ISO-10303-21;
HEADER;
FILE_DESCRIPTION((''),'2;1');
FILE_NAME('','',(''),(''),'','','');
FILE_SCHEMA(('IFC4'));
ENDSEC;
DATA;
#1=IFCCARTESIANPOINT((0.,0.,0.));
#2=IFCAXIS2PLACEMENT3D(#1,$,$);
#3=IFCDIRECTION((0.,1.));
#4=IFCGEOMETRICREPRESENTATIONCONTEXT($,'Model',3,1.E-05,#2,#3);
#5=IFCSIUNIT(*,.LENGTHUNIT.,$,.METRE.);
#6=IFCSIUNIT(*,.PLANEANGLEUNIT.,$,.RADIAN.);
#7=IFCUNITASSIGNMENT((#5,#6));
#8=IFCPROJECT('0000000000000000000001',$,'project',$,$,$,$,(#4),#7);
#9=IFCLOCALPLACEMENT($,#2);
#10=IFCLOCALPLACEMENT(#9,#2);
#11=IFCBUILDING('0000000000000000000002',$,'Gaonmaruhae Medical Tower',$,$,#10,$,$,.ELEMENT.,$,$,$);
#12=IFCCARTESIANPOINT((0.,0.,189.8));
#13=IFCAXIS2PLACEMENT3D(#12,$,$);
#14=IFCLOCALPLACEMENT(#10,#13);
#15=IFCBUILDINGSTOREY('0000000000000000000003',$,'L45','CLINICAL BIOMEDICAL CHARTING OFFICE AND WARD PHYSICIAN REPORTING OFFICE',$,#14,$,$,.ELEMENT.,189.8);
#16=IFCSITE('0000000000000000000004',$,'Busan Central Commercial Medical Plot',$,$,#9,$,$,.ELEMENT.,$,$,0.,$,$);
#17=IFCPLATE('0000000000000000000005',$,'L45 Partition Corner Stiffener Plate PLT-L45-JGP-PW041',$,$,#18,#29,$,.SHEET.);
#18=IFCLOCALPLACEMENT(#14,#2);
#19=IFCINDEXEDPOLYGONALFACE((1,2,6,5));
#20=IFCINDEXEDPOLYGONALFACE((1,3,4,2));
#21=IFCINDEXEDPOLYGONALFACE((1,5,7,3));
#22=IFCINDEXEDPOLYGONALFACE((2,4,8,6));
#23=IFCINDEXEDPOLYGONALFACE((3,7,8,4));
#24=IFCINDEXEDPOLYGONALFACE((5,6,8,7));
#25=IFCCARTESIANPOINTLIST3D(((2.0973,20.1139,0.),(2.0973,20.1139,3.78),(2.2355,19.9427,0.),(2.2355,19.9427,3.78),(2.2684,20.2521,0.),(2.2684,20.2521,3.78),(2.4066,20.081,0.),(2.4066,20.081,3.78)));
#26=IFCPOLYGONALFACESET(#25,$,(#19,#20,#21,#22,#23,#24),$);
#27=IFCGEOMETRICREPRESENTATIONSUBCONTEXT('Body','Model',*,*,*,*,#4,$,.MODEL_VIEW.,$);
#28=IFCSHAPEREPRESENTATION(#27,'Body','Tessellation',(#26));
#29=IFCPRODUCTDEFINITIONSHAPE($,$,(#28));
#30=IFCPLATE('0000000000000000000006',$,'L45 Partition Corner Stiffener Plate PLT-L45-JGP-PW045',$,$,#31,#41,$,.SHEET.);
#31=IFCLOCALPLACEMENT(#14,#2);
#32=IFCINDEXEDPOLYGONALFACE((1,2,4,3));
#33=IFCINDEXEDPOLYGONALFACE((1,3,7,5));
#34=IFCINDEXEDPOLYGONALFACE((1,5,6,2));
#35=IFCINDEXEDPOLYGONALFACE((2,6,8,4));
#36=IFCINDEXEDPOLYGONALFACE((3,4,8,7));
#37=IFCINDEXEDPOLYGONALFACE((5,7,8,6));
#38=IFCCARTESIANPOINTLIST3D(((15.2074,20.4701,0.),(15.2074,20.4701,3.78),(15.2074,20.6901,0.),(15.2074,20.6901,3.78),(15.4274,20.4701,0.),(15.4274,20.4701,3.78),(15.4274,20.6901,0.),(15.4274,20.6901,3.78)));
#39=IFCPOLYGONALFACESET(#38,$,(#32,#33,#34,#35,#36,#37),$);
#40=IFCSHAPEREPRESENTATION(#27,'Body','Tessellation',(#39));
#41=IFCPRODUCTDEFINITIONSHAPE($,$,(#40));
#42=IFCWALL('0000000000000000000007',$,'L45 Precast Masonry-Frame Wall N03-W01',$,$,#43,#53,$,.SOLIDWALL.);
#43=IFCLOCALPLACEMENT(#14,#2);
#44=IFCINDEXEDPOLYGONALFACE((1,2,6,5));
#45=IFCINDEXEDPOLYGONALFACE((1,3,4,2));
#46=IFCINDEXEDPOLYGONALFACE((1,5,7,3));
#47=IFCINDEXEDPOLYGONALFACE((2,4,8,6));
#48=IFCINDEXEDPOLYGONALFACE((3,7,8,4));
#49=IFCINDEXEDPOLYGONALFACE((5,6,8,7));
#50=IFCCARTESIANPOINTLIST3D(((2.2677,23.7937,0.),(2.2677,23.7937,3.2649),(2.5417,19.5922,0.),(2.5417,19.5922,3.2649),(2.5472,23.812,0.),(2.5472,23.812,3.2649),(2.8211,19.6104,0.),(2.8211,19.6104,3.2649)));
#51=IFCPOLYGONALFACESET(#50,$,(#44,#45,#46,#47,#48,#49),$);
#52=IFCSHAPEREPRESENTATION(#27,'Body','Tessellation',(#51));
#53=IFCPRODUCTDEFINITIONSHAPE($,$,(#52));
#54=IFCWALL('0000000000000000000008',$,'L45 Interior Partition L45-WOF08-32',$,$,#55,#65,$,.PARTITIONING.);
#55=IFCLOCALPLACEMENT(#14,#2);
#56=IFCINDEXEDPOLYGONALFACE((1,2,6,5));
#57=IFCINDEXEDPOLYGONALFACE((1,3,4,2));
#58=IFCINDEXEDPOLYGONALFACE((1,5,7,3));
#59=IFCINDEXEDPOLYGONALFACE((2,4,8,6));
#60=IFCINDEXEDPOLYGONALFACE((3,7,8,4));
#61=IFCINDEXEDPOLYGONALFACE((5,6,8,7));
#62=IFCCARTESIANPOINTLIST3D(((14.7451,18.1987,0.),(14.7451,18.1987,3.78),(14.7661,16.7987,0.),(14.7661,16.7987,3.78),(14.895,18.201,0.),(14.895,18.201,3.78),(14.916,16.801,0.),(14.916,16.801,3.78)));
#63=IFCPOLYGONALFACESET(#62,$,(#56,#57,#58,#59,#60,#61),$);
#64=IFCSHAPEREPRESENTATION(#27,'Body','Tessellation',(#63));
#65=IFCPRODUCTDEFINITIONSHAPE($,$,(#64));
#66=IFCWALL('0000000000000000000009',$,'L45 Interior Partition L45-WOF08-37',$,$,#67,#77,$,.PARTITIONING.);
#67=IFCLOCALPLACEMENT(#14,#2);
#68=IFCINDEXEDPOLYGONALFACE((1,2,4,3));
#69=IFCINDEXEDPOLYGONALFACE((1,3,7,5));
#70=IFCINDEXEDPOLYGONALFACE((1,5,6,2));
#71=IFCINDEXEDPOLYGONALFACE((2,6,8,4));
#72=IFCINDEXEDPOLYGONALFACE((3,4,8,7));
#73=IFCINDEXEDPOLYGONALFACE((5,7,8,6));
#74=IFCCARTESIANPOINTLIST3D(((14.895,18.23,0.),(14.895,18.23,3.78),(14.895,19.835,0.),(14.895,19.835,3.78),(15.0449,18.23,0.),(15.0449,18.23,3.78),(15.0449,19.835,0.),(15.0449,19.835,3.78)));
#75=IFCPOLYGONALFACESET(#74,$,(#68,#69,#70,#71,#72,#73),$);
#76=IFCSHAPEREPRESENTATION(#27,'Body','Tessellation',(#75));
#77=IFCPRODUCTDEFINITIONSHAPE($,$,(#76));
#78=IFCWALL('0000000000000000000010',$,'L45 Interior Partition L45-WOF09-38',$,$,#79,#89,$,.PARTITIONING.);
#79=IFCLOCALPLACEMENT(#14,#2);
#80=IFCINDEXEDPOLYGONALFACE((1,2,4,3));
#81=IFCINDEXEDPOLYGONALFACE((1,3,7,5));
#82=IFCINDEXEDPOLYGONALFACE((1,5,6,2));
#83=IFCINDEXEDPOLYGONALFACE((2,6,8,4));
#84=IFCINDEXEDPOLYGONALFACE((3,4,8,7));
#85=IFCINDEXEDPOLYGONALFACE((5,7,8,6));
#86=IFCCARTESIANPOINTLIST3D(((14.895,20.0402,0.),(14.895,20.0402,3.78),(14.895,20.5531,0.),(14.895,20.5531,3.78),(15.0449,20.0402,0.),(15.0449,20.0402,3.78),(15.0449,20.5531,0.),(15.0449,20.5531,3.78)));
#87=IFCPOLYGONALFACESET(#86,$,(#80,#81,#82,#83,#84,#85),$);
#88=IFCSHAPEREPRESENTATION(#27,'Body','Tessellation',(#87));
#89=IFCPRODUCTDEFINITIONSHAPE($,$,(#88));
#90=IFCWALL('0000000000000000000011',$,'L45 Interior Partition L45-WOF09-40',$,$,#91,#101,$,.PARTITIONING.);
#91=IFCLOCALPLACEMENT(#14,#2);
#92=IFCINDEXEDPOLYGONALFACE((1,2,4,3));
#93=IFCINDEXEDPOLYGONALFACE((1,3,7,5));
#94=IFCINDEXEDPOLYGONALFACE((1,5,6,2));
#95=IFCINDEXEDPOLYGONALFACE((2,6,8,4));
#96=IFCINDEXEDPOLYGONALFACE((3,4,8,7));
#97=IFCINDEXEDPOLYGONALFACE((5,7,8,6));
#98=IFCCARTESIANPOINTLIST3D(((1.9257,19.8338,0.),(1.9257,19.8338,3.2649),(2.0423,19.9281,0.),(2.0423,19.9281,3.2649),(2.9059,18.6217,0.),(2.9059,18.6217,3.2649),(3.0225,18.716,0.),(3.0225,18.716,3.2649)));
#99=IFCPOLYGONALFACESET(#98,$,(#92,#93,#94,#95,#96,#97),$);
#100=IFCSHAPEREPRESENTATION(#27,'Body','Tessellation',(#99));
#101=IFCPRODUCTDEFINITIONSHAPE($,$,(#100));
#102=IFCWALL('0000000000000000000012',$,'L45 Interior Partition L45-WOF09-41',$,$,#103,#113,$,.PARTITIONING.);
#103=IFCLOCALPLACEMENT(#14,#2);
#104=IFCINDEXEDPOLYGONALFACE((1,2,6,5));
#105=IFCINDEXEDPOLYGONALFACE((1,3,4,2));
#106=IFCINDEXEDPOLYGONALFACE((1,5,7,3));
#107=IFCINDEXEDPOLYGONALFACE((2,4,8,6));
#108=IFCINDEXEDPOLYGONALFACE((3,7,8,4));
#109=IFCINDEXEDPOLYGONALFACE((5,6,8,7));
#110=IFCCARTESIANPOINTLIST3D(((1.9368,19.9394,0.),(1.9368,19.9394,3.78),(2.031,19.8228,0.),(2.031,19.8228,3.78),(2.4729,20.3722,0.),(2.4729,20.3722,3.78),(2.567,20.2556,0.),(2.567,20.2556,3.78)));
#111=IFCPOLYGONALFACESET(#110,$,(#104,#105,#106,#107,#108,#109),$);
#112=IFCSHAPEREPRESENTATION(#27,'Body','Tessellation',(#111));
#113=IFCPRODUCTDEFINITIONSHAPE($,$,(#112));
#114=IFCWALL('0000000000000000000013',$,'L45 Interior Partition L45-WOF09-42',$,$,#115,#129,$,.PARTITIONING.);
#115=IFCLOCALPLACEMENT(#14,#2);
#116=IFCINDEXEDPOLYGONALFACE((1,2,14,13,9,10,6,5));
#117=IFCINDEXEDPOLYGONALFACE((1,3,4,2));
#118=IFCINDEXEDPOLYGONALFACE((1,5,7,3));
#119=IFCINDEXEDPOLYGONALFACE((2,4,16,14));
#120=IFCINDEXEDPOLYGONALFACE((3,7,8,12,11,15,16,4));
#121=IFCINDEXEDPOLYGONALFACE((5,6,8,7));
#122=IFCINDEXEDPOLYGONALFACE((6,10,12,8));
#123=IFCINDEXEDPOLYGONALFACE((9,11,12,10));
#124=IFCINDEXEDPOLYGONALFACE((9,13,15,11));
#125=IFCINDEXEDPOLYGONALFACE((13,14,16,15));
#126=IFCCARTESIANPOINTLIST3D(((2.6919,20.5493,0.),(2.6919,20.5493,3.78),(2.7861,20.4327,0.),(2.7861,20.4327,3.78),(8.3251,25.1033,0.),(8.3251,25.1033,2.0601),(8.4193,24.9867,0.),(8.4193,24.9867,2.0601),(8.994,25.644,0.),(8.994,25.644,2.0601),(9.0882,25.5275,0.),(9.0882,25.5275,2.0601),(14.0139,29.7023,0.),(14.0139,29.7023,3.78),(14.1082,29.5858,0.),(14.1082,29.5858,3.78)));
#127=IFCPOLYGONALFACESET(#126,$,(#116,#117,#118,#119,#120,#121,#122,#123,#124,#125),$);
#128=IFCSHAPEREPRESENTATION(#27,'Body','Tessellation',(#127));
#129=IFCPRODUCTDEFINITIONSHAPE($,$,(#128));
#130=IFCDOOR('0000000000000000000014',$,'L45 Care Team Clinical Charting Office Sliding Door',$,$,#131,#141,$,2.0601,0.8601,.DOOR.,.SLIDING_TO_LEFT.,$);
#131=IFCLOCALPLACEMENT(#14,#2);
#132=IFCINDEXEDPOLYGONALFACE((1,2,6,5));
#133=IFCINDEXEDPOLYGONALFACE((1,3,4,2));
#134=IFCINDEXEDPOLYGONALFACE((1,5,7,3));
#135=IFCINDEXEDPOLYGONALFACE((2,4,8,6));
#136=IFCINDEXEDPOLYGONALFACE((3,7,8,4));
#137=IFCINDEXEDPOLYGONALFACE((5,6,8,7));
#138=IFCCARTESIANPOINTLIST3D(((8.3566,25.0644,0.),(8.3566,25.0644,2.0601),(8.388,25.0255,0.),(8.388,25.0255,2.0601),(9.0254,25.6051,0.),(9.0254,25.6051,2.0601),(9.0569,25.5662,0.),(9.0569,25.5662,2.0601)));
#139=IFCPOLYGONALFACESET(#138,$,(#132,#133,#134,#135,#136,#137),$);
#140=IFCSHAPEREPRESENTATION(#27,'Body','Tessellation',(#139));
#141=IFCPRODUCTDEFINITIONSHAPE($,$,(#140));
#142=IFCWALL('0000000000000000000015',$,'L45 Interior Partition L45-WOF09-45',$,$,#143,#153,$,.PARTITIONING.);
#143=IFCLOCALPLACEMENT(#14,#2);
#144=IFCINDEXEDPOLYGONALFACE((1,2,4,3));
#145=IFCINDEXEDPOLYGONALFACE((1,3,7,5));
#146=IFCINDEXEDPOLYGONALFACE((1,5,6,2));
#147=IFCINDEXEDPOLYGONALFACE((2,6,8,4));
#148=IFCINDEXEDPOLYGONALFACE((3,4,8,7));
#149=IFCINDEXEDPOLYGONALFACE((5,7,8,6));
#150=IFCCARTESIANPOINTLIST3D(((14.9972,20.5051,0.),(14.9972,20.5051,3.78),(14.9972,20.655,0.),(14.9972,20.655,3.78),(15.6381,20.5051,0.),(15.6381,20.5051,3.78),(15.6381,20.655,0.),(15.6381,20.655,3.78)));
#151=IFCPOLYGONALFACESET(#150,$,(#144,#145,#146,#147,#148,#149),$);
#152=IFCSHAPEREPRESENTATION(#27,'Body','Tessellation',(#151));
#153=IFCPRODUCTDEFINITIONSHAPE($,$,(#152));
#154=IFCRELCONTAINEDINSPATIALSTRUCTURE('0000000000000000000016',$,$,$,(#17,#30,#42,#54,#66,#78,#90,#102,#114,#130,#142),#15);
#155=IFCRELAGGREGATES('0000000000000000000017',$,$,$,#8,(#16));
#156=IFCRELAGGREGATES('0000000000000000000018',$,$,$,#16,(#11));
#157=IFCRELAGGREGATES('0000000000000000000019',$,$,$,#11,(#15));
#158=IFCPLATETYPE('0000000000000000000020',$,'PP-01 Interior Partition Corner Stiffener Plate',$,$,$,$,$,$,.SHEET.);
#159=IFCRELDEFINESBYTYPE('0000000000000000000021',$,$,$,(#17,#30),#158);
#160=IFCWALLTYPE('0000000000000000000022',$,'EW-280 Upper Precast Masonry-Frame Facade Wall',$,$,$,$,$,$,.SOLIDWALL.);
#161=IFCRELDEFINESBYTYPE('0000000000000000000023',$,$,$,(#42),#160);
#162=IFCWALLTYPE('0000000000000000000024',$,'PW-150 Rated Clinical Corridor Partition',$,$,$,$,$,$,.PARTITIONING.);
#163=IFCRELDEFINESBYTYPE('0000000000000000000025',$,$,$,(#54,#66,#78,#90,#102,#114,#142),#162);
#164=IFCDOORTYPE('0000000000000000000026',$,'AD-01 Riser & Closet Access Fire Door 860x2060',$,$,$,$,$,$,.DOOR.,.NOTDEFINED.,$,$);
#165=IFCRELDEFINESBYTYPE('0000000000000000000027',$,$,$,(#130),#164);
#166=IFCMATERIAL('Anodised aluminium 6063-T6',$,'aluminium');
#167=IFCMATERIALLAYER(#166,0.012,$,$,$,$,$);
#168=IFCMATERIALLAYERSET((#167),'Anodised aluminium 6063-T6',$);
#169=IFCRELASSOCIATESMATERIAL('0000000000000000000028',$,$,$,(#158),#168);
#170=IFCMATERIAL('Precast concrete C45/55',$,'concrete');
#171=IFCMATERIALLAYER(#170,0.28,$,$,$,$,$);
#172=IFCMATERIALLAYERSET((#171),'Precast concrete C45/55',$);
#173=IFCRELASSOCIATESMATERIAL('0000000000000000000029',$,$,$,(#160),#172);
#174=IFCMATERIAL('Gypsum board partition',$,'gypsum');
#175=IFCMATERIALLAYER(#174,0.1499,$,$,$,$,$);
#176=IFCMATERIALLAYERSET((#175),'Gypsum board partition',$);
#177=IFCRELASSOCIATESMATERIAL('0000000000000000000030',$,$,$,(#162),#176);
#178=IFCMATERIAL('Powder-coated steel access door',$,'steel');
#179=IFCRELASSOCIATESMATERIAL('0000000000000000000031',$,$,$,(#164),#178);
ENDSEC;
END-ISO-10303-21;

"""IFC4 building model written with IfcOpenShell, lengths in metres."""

from ifc_helpers import new_model, si_unit, direction, frame, frame_2d, origin, origin_2d, place, context, subcontext, project, spatial, rectangle, extrude, material, layer, layer_set, type_object, element, fill, save


model = new_model("IFC4")

# Units and contexts
model_context = context("Model", 3, precision=1e-05, world=origin(), true_north=direction((0.0, 1.0)))
body_context = subcontext(model_context, "Body", "Model", "MODEL_VIEW")
ifc_project = project(units=[si_unit("LENGTHUNIT", "METRE"), si_unit("PLANEANGLEUNIT", "RADIAN")], contexts=[model_context])

# Site, building, storey
site_placement = place(None, origin())
site = spatial("IfcSite", under=ifc_project, at=site_placement, Name="Busan Central Commercial Medical Plot", CompositionType="ELEMENT", RefElevation=0.0)
building_placement = place(site_placement, origin())
building = spatial("IfcBuilding", under=site, at=building_placement, Name="Gaonmaruhae Medical Tower", CompositionType="ELEMENT")
storey_placement = place(building_placement, frame((0.0, 0.0, 189.8)))
storey = spatial("IfcBuildingStorey", under=building, at=storey_placement, Name="L45", Description="CLINICAL BIOMEDICAL CHARTING OFFICE AND WARD PHYSICIAN REPORTING OFFICE", CompositionType="ELEMENT", Elevation=189.8)

# Plates
ifc_material_1 = material(Name="Anodised aluminium 6063-T6", Category="aluminium")
ifc_layer_1 = layer(ifc_material_1, 0.012)
ifc_layer_set_1 = layer_set([ifc_layer_1], Name="Anodised aluminium 6063-T6")
plate_type_1 = type_object("IfcPlateType", Name="PP-01 Interior Partition Corner Stiffener Plate", PredefinedType="SHEET", material=ifc_layer_set_1)
for number, where, z_axis, x_axis, name in (
    (1, (2.252, 20.0974, 0.0), (0.0, 0.0, 1.0), (0.777881, 0.628411, 0.0), "L45 Partition Corner Stiffener Plate PLT-L45-JGP-PW041"),
    (2, (15.3174, 20.5801, 0.0), (0.0, 0.0, 1.0), (-1.0, 0.0, 0.0), "L45 Partition Corner Stiffener Plate PLT-L45-JGP-PW045"),
):
    element("IfcPlate", number, at=place(storey_placement, frame(where, z_axis=z_axis, x_axis=x_axis)), inside=storey, type_object=plate_type_1, Name=name, PredefinedType="SHEET", context=body_context, shape_type="SweptSolid", body=[
        extrude(rectangle(XDim=0.22, YDim=0.22, at=origin_2d()), origin(), (0.0, 0.0, 1.0), 3.78),
    ])

# Walls
ifc_material_2 = material(Name="Precast concrete C45/55", Category="concrete")
ifc_layer_2 = layer(ifc_material_2, 0.28)
ifc_layer_set_2 = layer_set([ifc_layer_2], Name="Precast concrete C45/55")
wall_type_1 = type_object("IfcWallType", Name="EW-280 Upper Precast Masonry-Frame Facade Wall", PredefinedType="SOLIDWALL", material=ifc_layer_set_2)
wall_1_placement = place(storey_placement, frame((2.6814, 19.6013, 0.0), z_axis=(0.0, 0.0, 1.0), x_axis=(-0.06506, 0.997881, 0.0)))
element("IfcWall", 3, at=wall_1_placement, inside=storey, type_object=wall_type_1, Name="L45 Precast Masonry-Frame Wall N03-W01", PredefinedType="SOLIDWALL", context=body_context, shape_type="SweptSolid", body=[
    extrude(rectangle(XDim=4.2104, YDim=0.28, at=frame_2d((2.1052, 0.0))), origin(), (0.0, 0.0, 1.0), 3.2649),
])
ifc_material_3 = material(Name="Gypsum board partition", Category="gypsum")
ifc_layer_3 = layer(ifc_material_3, 0.1499)
ifc_layer_set_3 = layer_set([ifc_layer_3], Name="Gypsum board partition")
wall_type_2 = type_object("IfcWallType", Name="PW-150 Rated Clinical Corridor Partition", PredefinedType="PARTITIONING", material=ifc_layer_set_3)
wall_2_placement = place(storey_placement, frame((14.8201, 18.2, 0.0), z_axis=(0.0, 0.0, 1.0), x_axis=(0.014997, -0.999888, 0.0)))
element("IfcWall", 4, at=wall_2_placement, inside=storey, type_object=wall_type_2, Name="L45 Interior Partition L45-WOF08-32", PredefinedType="PARTITIONING", context=body_context, shape_type="SweptSolid", body=[
    extrude(rectangle(XDim=1.4001, YDim=0.1499, at=frame_2d((0.7002, 0.0))), origin(), (0.0, 0.0, 1.0), 3.78),
])
wall_3_placement = place(storey_placement, frame((14.97, 19.835, 0.0), z_axis=(0.0, 0.0, 1.0), x_axis=(0.0, -1.0, 0.0)))
element("IfcWall", 5, at=wall_3_placement, inside=storey, type_object=wall_type_2, Name="L45 Interior Partition L45-WOF08-37", PredefinedType="PARTITIONING", context=body_context, shape_type="SweptSolid", body=[
    extrude(rectangle(XDim=1.605, YDim=0.1499, at=frame_2d((0.8025, 0.0))), origin(), (0.0, 0.0, 1.0), 3.78),
])
wall_4_placement = place(storey_placement, frame((14.97, 20.553, 0.0), z_axis=(0.0, 0.0, 1.0), x_axis=(0.0, -1.0, 0.0)))
element("IfcWall", 6, at=wall_4_placement, inside=storey, type_object=wall_type_2, Name="L45 Interior Partition L45-WOF09-38", PredefinedType="PARTITIONING", context=body_context, shape_type="SweptSolid", body=[
    extrude(rectangle(XDim=0.5129, YDim=0.1499, at=frame_2d((0.2563, 0.0))), origin(), (0.0, 0.0, 1.0), 3.78),
])
wall_5_placement = place(storey_placement, frame((2.9641, 18.6689, 0.0), z_axis=(0.0, 0.0, 1.0), x_axis=(-0.628793, 0.777573, 0.0)))
element("IfcWall", 7, at=wall_5_placement, inside=storey, type_object=wall_type_2, Name="L45 Interior Partition L45-WOF09-40", PredefinedType="PARTITIONING", context=body_context, shape_type="SweptSolid", body=[
    extrude(rectangle(XDim=1.5588, YDim=0.1499, at=frame_2d((0.7793, 0.0))), origin(), (0.0, 0.0, 1.0), 3.2649),
])
wall_6_placement = place(storey_placement, frame((1.9839, 19.8811, 0.0), z_axis=(0.0, 0.0, 1.0), x_axis=(0.778061, 0.628189, 0.0)))
element("IfcWall", 8, at=wall_6_placement, inside=storey, type_object=wall_type_2, Name="L45 Interior Partition L45-WOF09-41", PredefinedType="PARTITIONING", context=body_context, shape_type="SweptSolid", body=[
    extrude(rectangle(XDim=0.689, YDim=0.1499, at=frame_2d((0.3445, 0.0))), origin(), (0.0, 0.0, 1.0), 3.78),
])

# Wall, opening, door
wall_7_placement = place(storey_placement, frame((2.739, 20.491, 0.0), z_axis=(0.0, 0.0, 1.0), x_axis=(0.77766, 0.628685, 0.0)))
wall_7 = element("IfcWall", 9, at=wall_7_placement, inside=storey, type_object=wall_type_2, Name="L45 Interior Partition L45-WOF09-42", PredefinedType="PARTITIONING", context=body_context, shape_type="SweptSolid", body=[
    extrude(rectangle(XDim=14.5591, YDim=0.1499, at=frame_2d((7.2795, 0.0))), origin(), (0.0, 0.0, 1.0), 3.78),
])
opening_placement = place(wall_7_placement, frame((7.2437, 0.0, 0.0)))
opening = element("IfcOpeningElement", 10, at=opening_placement, cuts=wall_7, PredefinedType="OPENING", context=body_context, shape_type="SweptSolid", body=[
    extrude(rectangle(XDim=0.8601, YDim=2.0601, at=frame_2d((0.4302, 1.03))), frame((0.0, 0.085, 0.0), z_axis=(0.0, -1.0, 0.0), x_axis=(1.0, 0.0, 0.0)), (0.0, 0.0, 1.0), 0.1699),
])
ifc_material_4 = material(Name="Powder-coated steel access door", Category="steel")
door_type = type_object("IfcDoorType", Name="AD-01 Riser & Closet Access Fire Door 860x2060", OperationType="NOTDEFINED", PredefinedType="DOOR", material=ifc_material_4)
door_placement = place(opening_placement, origin())
door = element("IfcDoor", 11, at=door_placement, inside=storey, type_object=door_type, Name="L45 Care Team Clinical Charting Office Sliding Door", OperationType="SLIDING_TO_LEFT", OverallHeight=2.0601, OverallWidth=0.8601, PredefinedType="DOOR", context=body_context, shape_type="SweptSolid", body=[
    extrude(rectangle(XDim=0.8601, YDim=2.0601, at=frame_2d((0.4302, 1.03))), frame((0.0, 0.0249, 0.0), z_axis=(0.0, -1.0, 0.0), x_axis=(1.0, 0.0, 0.0)), (0.0, 0.0, 1.0), 0.05),
])
fill(opening, door)

# Wall
wall_8_placement = place(storey_placement, frame((15.6379, 20.5801, 0.0), z_axis=(0.0, 0.0, 1.0), x_axis=(-1.0, 0.0, 0.0)))
element("IfcWall", 12, at=wall_8_placement, inside=storey, type_object=wall_type_2, Name="L45 Interior Partition L45-WOF09-45", PredefinedType="PARTITIONING", context=body_context, shape_type="SweptSolid", body=[
    extrude(rectangle(XDim=0.6409, YDim=0.1499, at=frame_2d((0.3203, 0.0))), origin(), (0.0, 0.0, 1.0), 3.78),
])

save(model, "model.ifc")
